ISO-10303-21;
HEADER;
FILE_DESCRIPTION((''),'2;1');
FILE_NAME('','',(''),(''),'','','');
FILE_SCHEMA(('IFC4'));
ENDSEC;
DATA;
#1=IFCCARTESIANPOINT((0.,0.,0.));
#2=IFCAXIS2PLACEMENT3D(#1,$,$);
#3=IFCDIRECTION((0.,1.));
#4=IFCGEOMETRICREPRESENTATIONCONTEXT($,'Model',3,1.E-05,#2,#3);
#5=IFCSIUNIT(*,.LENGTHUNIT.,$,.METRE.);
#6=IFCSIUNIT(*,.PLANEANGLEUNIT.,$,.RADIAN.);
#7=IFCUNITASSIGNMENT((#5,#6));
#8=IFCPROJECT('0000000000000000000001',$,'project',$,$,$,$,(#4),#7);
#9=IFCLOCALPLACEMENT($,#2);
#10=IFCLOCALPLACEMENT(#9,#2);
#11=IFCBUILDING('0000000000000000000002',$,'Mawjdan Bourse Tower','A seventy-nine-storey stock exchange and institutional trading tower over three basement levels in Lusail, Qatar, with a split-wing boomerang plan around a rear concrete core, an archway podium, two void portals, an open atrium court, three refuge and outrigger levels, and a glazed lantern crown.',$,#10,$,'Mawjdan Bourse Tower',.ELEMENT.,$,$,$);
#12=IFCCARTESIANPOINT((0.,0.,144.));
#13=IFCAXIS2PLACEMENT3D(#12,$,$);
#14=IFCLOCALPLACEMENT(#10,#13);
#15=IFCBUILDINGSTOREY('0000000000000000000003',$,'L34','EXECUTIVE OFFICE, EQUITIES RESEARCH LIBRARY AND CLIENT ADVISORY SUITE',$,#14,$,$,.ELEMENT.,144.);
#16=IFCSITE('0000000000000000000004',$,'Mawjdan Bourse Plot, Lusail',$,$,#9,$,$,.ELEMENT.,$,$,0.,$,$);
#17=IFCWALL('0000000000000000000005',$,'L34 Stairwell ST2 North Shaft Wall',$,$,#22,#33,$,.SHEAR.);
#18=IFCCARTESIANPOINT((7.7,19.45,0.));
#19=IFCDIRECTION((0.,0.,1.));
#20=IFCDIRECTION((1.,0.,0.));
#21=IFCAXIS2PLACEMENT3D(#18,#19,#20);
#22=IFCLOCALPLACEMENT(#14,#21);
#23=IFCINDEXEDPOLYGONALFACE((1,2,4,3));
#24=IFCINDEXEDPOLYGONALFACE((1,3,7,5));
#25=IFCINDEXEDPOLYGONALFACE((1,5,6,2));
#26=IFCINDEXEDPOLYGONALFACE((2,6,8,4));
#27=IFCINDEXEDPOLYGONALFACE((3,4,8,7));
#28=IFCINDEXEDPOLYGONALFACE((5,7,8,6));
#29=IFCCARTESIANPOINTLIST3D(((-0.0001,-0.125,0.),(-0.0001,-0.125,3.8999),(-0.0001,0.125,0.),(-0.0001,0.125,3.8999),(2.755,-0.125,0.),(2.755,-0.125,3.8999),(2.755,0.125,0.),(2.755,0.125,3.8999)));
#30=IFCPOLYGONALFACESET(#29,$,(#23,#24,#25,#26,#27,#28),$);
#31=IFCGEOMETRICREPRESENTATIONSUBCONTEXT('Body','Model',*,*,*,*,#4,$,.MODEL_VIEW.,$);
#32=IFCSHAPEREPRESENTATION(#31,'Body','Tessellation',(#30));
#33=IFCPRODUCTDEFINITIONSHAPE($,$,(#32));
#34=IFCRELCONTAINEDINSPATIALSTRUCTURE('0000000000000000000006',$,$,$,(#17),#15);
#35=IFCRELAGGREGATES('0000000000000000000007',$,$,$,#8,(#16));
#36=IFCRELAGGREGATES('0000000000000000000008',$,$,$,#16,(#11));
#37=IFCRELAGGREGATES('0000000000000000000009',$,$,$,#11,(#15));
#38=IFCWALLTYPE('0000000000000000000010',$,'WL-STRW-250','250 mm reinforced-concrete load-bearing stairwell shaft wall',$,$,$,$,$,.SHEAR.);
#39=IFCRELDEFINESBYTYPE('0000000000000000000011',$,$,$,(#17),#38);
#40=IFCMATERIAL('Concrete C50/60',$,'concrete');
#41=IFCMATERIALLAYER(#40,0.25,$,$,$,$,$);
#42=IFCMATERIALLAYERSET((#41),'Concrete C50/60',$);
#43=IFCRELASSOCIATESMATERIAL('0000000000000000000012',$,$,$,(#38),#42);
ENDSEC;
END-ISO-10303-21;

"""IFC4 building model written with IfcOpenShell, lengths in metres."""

from ifc_helpers import new_model, si_unit, direction, frame, frame_2d, origin, place, context, subcontext, project, spatial, rectangle, extrude, material, layer, layer_set, type_object, element, save


model = new_model("IFC4")

# Units and contexts
model_context = context("Model", 3, precision=1e-05, world=origin(), true_north=direction((0.0, 1.0)))
body_context = subcontext(model_context, "Body", "Model", "MODEL_VIEW")
ifc_project = project(units=[si_unit("LENGTHUNIT", "METRE"), si_unit("PLANEANGLEUNIT", "RADIAN")], contexts=[model_context])

# Site, building, storey
site_placement = place(None, origin())
site = spatial("IfcSite", under=ifc_project, at=site_placement, Name="Mawjdan Bourse Plot, Lusail", CompositionType="ELEMENT", RefElevation=0.0)
building_placement = place(site_placement, origin())
building = spatial("IfcBuilding", under=site, at=building_placement, Name="Mawjdan Bourse Tower", Description="A seventy-nine-storey stock exchange and institutional trading tower over three basement levels in Lusail, Qatar, with a split-wing boomerang plan around a rear concrete core, an archway podium, two void portals, an open atrium court, three refuge and outrigger levels, and a glazed lantern crown.", LongName="Mawjdan Bourse Tower", CompositionType="ELEMENT")
storey_placement = place(building_placement, frame((0.0, 0.0, 144.0)))
storey = spatial("IfcBuildingStorey", under=building, at=storey_placement, Name="L34", Description="EXECUTIVE OFFICE, EQUITIES RESEARCH LIBRARY AND CLIENT ADVISORY SUITE", CompositionType="ELEMENT", Elevation=144.0)

# Wall
ifc_material_1 = material(Name="Concrete C50/60", Category="concrete")
ifc_layer_1 = layer(ifc_material_1, 0.25)
ifc_layer_set_1 = layer_set([ifc_layer_1], Name="Concrete C50/60")
wall_type_1 = type_object("IfcWallType", Name="WL-STRW-250", Description="250 mm reinforced-concrete load-bearing stairwell shaft wall", PredefinedType="SHEAR", material=ifc_layer_set_1)
wall_1_placement = place(storey_placement, frame((7.7, 19.45, 0.0), z_axis=(0.0, 0.0, 1.0), x_axis=(1.0, 0.0, 0.0)))
element("IfcWall", 1, at=wall_1_placement, inside=storey, type_object=wall_type_1, Name="L34 Stairwell ST2 North Shaft Wall", PredefinedType="SHEAR", context=body_context, shape_type="SweptSolid", body=[
    extrude(rectangle(XDim=2.7551, YDim=0.25, at=frame_2d((1.3774, 0.0))), origin(), (0.0, 0.0, 1.0), 3.8999),
])

save(model, "model.ifc")
